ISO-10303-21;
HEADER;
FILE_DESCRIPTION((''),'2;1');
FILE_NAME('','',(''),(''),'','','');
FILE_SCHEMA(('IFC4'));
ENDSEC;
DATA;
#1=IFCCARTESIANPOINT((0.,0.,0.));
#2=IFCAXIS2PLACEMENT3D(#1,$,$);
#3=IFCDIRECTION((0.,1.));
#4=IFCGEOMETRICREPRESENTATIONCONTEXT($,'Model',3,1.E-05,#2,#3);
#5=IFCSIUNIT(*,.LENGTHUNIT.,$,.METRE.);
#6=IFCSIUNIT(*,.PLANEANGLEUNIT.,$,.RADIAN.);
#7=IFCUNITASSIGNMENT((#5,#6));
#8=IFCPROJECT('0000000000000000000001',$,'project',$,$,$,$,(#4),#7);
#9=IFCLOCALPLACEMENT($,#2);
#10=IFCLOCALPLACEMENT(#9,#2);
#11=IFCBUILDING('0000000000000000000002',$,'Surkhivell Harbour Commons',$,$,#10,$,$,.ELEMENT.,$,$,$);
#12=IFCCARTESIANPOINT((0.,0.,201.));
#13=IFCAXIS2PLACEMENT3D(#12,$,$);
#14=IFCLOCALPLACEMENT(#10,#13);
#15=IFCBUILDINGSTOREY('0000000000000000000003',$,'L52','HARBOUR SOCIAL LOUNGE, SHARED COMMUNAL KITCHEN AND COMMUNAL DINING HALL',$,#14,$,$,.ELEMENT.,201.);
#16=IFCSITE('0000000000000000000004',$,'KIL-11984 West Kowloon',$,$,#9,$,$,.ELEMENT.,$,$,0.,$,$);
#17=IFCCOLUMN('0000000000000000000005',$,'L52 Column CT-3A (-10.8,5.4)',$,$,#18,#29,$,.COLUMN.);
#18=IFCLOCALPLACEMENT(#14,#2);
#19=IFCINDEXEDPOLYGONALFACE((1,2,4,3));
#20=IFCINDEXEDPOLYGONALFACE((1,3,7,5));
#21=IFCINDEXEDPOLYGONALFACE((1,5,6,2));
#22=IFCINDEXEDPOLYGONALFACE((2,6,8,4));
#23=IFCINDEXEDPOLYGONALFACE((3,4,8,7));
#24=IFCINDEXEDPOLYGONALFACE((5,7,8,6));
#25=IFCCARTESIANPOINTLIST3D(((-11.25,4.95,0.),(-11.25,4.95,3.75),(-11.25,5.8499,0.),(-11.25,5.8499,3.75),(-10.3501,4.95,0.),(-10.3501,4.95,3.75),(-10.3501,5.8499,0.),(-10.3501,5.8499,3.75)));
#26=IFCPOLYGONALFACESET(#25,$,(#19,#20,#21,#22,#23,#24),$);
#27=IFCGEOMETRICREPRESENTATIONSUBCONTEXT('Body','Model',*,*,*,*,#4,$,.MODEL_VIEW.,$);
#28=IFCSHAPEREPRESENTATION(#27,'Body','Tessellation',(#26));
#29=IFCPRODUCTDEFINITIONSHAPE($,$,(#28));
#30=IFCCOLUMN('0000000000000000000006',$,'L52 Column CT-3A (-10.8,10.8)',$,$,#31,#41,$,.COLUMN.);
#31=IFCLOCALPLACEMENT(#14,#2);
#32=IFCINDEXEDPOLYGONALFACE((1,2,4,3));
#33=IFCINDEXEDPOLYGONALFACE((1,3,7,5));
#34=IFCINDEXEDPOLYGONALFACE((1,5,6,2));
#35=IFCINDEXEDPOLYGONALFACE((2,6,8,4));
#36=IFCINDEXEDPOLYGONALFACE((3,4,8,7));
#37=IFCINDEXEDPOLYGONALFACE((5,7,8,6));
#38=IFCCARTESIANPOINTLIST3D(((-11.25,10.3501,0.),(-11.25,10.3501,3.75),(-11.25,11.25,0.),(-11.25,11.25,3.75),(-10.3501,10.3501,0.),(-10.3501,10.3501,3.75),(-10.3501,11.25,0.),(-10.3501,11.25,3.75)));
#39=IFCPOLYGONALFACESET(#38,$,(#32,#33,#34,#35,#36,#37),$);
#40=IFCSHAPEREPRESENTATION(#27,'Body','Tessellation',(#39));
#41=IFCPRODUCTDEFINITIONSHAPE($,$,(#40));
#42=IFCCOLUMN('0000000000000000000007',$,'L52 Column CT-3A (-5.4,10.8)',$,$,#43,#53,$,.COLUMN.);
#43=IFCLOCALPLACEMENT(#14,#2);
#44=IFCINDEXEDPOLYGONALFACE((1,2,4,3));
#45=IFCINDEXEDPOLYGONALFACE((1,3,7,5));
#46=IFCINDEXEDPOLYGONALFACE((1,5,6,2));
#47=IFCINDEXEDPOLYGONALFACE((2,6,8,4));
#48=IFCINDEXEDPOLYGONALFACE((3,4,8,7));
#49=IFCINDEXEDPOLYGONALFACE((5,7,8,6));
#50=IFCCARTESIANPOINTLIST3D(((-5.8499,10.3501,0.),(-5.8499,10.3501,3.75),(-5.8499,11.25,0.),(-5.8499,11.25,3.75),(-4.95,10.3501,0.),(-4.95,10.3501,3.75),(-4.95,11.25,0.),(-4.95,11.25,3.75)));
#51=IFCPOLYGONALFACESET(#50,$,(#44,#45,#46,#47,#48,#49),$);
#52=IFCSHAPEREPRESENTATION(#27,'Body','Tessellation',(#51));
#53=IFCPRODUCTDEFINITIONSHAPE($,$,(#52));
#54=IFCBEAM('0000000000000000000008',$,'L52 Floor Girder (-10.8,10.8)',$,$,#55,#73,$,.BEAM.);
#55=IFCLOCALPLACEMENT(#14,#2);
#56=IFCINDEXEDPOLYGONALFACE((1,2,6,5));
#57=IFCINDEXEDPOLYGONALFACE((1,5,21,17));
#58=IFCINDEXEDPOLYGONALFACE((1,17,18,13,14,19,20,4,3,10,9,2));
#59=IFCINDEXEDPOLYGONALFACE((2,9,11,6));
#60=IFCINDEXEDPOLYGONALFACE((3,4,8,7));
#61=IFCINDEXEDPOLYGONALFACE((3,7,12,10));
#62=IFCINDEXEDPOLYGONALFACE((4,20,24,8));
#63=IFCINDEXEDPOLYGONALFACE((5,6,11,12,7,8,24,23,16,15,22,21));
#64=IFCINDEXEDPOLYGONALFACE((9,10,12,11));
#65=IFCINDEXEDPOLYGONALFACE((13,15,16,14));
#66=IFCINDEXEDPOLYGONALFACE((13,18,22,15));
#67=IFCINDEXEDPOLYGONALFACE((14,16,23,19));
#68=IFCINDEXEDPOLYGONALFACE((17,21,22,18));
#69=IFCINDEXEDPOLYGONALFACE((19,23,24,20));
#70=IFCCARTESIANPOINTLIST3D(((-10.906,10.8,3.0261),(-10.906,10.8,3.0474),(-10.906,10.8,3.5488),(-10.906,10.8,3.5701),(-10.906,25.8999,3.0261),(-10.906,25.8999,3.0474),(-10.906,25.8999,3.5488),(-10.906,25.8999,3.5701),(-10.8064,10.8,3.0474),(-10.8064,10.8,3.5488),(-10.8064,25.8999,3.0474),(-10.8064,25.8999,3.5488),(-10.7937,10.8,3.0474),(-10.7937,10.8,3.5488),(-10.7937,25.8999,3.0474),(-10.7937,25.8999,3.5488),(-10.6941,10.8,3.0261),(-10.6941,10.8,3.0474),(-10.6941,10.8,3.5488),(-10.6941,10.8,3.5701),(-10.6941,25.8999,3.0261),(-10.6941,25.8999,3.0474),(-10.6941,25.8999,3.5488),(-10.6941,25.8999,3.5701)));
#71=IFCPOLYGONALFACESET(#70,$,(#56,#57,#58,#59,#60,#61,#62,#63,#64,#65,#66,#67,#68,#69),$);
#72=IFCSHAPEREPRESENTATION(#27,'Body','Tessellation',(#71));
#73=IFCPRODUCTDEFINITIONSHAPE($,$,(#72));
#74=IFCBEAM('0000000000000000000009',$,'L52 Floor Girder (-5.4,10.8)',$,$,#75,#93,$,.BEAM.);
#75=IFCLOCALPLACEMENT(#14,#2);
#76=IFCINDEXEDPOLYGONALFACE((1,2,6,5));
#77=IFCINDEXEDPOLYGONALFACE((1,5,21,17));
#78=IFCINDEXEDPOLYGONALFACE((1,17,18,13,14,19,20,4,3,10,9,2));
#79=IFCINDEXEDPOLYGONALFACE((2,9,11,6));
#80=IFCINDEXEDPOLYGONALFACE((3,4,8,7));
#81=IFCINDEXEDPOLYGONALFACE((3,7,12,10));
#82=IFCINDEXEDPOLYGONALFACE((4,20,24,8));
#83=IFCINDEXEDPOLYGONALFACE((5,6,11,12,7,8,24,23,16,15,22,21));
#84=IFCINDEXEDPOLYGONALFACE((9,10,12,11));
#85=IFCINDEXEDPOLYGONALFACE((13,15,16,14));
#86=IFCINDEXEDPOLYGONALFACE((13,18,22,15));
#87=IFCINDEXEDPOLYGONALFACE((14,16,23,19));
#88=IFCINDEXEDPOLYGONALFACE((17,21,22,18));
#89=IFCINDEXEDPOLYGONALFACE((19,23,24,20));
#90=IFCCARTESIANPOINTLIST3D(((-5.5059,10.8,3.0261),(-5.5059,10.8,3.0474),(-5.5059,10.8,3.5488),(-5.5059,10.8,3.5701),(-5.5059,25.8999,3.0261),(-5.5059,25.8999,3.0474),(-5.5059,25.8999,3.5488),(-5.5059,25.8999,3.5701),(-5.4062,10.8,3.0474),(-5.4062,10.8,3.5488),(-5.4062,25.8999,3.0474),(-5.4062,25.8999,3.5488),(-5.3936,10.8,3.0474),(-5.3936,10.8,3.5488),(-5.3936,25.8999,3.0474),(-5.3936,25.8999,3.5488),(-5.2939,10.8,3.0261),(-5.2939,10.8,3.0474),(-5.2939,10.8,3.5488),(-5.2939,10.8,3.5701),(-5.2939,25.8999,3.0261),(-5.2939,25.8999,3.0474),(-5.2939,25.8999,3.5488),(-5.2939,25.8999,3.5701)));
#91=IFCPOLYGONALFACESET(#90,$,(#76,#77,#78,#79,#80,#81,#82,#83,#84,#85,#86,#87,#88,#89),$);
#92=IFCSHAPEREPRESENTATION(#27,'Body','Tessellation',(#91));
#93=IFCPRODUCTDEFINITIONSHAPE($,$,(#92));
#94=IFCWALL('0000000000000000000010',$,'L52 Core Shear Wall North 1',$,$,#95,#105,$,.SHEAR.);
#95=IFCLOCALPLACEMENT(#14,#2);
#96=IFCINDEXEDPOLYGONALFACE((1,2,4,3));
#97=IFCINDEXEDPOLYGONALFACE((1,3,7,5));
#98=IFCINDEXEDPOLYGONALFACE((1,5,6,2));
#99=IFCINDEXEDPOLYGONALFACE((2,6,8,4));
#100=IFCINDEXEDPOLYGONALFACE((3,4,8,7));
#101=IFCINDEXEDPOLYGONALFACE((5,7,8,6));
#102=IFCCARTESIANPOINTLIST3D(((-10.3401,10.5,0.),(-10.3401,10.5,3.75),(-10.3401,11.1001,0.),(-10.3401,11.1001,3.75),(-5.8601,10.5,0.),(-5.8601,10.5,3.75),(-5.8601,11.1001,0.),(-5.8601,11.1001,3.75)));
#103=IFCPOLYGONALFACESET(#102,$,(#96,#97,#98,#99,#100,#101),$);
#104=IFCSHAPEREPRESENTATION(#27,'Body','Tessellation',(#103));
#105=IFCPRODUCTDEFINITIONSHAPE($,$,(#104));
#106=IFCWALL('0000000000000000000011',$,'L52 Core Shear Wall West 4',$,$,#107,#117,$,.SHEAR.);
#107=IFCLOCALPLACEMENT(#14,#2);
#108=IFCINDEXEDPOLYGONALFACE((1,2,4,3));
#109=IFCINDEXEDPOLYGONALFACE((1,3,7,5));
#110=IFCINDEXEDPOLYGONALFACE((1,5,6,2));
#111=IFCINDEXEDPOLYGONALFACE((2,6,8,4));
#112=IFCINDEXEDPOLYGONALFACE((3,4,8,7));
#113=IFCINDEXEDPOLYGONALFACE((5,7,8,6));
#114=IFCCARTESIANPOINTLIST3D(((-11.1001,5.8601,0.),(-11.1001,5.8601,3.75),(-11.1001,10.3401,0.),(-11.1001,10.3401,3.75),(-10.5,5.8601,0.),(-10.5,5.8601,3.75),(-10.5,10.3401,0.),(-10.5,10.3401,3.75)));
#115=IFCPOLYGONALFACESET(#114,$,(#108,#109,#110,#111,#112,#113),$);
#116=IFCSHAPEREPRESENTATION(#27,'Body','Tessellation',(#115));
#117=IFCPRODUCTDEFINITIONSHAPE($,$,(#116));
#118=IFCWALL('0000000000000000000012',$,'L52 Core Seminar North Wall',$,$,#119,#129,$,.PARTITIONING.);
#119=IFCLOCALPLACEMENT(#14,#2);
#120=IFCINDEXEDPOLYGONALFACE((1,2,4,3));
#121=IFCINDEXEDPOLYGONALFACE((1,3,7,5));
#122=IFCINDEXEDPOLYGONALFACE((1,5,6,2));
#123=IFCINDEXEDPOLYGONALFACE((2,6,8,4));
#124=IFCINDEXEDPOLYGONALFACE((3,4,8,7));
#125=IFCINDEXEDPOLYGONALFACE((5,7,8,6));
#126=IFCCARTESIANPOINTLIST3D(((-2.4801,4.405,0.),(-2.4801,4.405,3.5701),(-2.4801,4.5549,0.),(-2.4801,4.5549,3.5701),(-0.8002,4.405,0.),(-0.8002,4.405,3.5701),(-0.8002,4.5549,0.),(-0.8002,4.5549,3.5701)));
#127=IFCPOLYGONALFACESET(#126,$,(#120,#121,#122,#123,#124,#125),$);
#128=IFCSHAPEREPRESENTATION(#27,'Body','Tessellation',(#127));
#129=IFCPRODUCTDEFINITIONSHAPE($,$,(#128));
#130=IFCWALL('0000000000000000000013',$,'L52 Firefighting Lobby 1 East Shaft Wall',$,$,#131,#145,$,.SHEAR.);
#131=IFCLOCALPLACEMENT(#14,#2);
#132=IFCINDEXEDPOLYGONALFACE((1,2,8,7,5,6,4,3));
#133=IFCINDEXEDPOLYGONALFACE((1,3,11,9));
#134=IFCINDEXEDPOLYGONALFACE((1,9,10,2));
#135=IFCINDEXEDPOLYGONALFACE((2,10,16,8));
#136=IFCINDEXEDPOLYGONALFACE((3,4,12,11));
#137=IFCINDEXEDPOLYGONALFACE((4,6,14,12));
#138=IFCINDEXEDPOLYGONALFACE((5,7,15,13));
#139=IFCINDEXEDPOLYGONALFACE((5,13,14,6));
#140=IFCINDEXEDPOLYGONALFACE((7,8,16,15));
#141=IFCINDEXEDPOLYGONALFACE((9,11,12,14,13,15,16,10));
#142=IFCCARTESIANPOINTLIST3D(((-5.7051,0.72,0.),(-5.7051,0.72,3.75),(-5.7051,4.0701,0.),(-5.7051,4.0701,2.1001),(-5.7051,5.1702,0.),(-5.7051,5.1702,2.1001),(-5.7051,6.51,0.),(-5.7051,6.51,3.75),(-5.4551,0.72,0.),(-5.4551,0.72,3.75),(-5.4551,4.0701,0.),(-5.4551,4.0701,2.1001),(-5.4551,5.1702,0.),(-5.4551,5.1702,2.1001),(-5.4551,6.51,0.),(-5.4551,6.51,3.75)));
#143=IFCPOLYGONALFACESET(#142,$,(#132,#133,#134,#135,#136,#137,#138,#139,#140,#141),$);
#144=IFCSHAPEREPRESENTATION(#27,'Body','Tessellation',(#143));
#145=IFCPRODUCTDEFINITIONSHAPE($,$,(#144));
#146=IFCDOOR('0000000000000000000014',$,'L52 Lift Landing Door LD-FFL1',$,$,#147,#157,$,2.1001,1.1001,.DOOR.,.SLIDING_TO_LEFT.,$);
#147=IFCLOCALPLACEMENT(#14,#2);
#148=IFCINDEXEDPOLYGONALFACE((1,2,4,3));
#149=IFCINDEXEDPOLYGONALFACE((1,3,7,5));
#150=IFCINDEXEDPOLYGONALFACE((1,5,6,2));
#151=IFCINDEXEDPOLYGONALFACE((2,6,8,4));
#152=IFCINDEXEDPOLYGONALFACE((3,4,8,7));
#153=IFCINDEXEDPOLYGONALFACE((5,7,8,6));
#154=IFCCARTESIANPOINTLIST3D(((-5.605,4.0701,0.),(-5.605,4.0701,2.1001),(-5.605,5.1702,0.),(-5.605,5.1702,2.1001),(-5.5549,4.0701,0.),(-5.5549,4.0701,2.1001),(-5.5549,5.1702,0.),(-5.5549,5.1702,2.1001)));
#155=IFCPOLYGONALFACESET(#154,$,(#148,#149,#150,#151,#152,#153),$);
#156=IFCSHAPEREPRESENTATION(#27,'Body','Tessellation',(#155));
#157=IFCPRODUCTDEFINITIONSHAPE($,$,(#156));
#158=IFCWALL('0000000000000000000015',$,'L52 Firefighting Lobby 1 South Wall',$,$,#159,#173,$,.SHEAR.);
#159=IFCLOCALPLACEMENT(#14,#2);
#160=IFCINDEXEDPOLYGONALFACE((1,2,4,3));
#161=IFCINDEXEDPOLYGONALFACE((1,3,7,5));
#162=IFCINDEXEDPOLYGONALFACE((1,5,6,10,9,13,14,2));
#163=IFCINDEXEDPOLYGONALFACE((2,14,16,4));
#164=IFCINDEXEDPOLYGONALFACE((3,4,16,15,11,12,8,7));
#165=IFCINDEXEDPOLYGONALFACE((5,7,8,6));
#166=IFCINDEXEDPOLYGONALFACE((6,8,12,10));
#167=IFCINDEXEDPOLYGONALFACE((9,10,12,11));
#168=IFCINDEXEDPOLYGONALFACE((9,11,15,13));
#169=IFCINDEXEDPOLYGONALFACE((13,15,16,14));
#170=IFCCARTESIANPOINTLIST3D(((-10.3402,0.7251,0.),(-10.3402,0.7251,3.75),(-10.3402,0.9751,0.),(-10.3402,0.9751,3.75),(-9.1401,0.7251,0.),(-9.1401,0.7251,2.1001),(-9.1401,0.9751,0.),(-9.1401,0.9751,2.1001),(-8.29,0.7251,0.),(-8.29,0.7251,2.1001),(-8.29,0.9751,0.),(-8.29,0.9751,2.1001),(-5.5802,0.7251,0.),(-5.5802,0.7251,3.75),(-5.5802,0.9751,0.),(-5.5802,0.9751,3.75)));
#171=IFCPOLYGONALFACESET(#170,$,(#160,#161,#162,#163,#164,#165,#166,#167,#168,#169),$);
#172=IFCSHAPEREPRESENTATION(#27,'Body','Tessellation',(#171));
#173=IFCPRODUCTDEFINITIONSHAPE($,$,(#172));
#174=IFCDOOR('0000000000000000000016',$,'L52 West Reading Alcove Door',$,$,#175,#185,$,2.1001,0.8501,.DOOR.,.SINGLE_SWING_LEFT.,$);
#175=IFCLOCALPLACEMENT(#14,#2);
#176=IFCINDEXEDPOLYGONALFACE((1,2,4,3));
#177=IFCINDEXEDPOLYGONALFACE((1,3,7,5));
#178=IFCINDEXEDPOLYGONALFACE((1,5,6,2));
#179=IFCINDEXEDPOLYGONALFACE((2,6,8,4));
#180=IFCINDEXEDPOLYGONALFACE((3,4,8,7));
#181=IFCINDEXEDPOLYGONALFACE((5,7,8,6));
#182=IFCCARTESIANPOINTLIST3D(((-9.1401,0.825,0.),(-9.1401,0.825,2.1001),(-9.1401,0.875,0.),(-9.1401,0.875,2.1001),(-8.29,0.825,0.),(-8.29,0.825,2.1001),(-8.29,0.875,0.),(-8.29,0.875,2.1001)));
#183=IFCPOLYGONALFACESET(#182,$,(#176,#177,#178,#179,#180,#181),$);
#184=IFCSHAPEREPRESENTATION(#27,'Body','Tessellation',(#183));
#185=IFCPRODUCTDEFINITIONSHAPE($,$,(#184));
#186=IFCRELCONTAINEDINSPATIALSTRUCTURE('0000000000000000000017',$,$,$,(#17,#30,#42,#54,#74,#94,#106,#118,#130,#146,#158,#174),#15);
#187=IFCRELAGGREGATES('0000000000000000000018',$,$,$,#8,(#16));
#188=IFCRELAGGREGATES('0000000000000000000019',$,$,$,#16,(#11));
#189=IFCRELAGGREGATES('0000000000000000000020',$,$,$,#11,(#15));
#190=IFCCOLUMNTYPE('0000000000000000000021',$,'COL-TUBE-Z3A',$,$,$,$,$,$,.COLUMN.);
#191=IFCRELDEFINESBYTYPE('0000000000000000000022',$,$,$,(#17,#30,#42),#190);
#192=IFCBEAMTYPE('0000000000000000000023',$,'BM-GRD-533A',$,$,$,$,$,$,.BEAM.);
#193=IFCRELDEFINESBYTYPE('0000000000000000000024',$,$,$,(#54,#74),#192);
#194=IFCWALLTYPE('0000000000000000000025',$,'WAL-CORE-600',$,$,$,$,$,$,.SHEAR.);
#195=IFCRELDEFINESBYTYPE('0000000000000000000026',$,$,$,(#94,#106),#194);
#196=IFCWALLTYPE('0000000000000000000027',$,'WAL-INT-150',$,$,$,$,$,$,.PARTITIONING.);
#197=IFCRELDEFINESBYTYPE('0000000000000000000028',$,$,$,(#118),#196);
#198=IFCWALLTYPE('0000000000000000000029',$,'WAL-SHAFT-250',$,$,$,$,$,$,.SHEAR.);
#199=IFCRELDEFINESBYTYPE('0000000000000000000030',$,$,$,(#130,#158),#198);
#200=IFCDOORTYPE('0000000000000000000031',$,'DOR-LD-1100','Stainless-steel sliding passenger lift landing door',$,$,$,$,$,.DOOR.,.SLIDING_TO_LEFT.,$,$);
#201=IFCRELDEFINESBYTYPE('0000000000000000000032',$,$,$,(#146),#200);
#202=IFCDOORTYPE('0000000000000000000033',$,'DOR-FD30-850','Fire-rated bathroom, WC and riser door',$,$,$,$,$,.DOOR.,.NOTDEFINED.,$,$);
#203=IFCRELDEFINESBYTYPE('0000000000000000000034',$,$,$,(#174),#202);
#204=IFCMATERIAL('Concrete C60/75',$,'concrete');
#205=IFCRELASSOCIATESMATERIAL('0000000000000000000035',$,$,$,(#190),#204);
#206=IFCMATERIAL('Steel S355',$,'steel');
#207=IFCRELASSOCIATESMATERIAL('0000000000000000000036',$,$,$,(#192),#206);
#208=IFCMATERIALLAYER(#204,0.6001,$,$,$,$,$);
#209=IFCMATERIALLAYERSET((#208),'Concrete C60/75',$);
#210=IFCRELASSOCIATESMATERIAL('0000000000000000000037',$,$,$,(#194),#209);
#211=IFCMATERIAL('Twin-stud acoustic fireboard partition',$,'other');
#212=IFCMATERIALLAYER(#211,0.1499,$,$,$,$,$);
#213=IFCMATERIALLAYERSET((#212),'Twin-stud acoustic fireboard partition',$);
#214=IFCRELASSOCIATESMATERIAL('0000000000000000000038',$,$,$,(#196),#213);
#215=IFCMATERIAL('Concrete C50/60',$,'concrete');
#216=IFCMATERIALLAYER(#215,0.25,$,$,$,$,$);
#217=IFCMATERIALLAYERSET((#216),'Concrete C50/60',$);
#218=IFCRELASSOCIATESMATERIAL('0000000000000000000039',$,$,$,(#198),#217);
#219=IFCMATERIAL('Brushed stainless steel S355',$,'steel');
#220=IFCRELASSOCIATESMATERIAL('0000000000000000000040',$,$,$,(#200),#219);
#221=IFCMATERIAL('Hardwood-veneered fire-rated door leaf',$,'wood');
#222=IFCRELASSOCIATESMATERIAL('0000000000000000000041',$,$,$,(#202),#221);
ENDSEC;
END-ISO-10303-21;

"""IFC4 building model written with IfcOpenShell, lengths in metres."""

from ifc_helpers import new_model, si_unit, direction, frame, frame_2d, origin, origin_2d, place, context, subcontext, project, spatial, rectangle, i_section, extrude, material, layer, layer_set, material_profile, profile_set, type_object, element, fill, save


model = new_model("IFC4")

# Units and contexts
model_context = context("Model", 3, precision=1e-05, world=origin(), true_north=direction((0.0, 1.0)))
body_context = subcontext(model_context, "Body", "Model", "MODEL_VIEW")
ifc_project = project(units=[si_unit("LENGTHUNIT", "METRE"), si_unit("PLANEANGLEUNIT", "RADIAN")], contexts=[model_context])

# Site, building, storey
site_placement = place(None, origin())
site = spatial("IfcSite", under=ifc_project, at=site_placement, Name="KIL-11984 West Kowloon", CompositionType="ELEMENT", RefElevation=0.0)
building_placement = place(site_placement, origin())
building = spatial("IfcBuilding", under=site, at=building_placement, Name="Surkhivell Harbour Commons", CompositionType="ELEMENT")
storey_placement = place(building_placement, frame((0.0, 0.0, 201.0)))
storey = spatial("IfcBuildingStorey", under=building, at=storey_placement, Name="L52", Description="HARBOUR SOCIAL LOUNGE, SHARED COMMUNAL KITCHEN AND COMMUNAL DINING HALL", CompositionType="ELEMENT", Elevation=201.0)

# Columns
ifc_material_1 = material(Name="Concrete C60/75", Category="concrete")
ifc_material_profile_1 = material_profile(ifc_material_1, rectangle(XDim=0.8999, YDim=0.8999, at=origin_2d()), Name="RC-COL-900x900")
ifc_profile_set_1 = profile_set([ifc_material_profile_1], Name="Concrete C60/75")
column_type = type_object("IfcColumnType", Name="COL-TUBE-Z3A", PredefinedType="COLUMN", material=ifc_profile_set_1)
for number, where, z_axis, x_axis, name in (
    (1, (-10.8, 5.3999, 0.0), (0.0, 0.0, 1.0), (1.0, 0.0, 0.0), "L52 Column CT-3A (-10.8,5.4)"),
    (2, (-10.8, 10.8, 0.0), (0.0, 0.0, 1.0), (1.0, 0.0, 0.0), "L52 Column CT-3A (-10.8,10.8)"),
    (3, (-5.3999, 10.8, 0.0), (0.0, 0.0, 1.0), (1.0, 0.0, 0.0), "L52 Column CT-3A (-5.4,10.8)"),
):
    element("IfcColumn", number, at=place(storey_placement, frame(where, z_axis=z_axis, x_axis=x_axis)), inside=storey, type_object=column_type, Name=name, PredefinedType="COLUMN", context=body_context, shape_type="SweptSolid", body=[
        extrude(rectangle(XDim=0.8999, YDim=0.8999, at=origin_2d()), origin(), (0.0, 0.0, 1.0), 3.75),
    ])

# Beams
ifc_material_2 = material(Name="Steel S355", Category="steel")
ifc_material_profile_2 = material_profile(ifc_material_2, i_section(OverallWidth=0.2119, OverallDepth=0.5439, WebThickness=0.0127, FlangeThickness=0.0212, at=origin_2d()), Name="UB533x210x122")
ifc_profile_set_2 = profile_set([ifc_material_profile_2], Name="Steel S355")
beam_type = type_object("IfcBeamType", Name="BM-GRD-533A", PredefinedType="BEAM", material=ifc_profile_set_2)
for number, where, z_axis, x_axis, name in (
    (4, (-10.8, 10.8, 3.2981), (0.0, 1.0, 0.0), (-1.0, 0.0, 0.0), "L52 Floor Girder (-10.8,10.8)"),
    (5, (-5.3999, 10.8, 3.2981), (0.0, 1.0, 0.0), (-1.0, 0.0, 0.0), "L52 Floor Girder (-5.4,10.8)"),
):
    element("IfcBeam", number, at=place(storey_placement, frame(where, z_axis=z_axis, x_axis=x_axis)), inside=storey, type_object=beam_type, Name=name, PredefinedType="BEAM", context=body_context, shape_type="SweptSolid", body=[
        extrude(i_section(OverallWidth=0.2119, OverallDepth=0.5439, WebThickness=0.0127, FlangeThickness=0.0212, at=origin_2d()), origin(), (0.0, 0.0, 1.0), 15.0999),
    ])

# Walls
ifc_layer_1 = layer(ifc_material_1, 0.6001)
ifc_layer_set_1 = layer_set([ifc_layer_1], Name="Concrete C60/75")
wall_type_1 = type_object("IfcWallType", Name="WAL-CORE-600", PredefinedType="SHEAR", material=ifc_layer_set_1)
for number, where, z_axis, x_axis, name in (
    (6, (-10.3401, 10.8, 0.0), (0.0, 0.0, 1.0), (1.0, 0.0, 0.0), "L52 Core Shear Wall North 1"),
    (7, (-10.8, 5.8601, 0.0), (0.0, 0.0, 1.0), (0.0, 1.0, 0.0), "L52 Core Shear Wall West 4"),
):
    element("IfcWall", number, at=place(storey_placement, frame(where, z_axis=z_axis, x_axis=x_axis)), inside=storey, type_object=wall_type_1, Name=name, PredefinedType="SHEAR", context=body_context, shape_type="SweptSolid", body=[
        extrude(rectangle(XDim=4.48, YDim=0.6001, at=frame_2d((2.24, 0.0))), origin(), (0.0, 0.0, 1.0), 3.75),
    ])
ifc_material_3 = material(Name="Twin-stud acoustic fireboard partition", Category="other")
ifc_layer_2 = layer(ifc_material_3, 0.1499)
ifc_layer_set_2 = layer_set([ifc_layer_2], Name="Twin-stud acoustic fireboard partition")
wall_type_2 = type_object("IfcWallType", Name="WAL-INT-150", PredefinedType="PARTITIONING", material=ifc_layer_set_2)
wall_1_placement = place(storey_placement, frame((-2.48, 4.48, 0.0), z_axis=(0.0, 0.0, 1.0), x_axis=(1.0, 0.0, 0.0)))
element("IfcWall", 8, at=wall_1_placement, inside=storey, type_object=wall_type_2, Name="L52 Core Seminar North Wall", PredefinedType="PARTITIONING", context=body_context, shape_type="SweptSolid", body=[
    extrude(rectangle(XDim=1.6799, YDim=0.1499, at=frame_2d((0.8398, 0.0))), origin(), (0.0, 0.0, 1.0), 3.5701),
])

# Walls, openings, doors
ifc_material_4 = material(Name="Concrete C50/60", Category="concrete")
ifc_layer_3 = layer(ifc_material_4, 0.25)
ifc_layer_set_3 = layer_set([ifc_layer_3], Name="Concrete C50/60")
wall_type_3 = type_object("IfcWallType", Name="WAL-SHAFT-250", PredefinedType="SHEAR", material=ifc_layer_set_3)
wall_2_placement = place(storey_placement, frame((-5.5801, 0.72, 0.0), z_axis=(0.0, 0.0, 1.0), x_axis=(0.0, 1.0, 0.0)))
wall_2 = element("IfcWall", 9, at=wall_2_placement, inside=storey, type_object=wall_type_3, Name="L52 Firefighting Lobby 1 East Shaft Wall", PredefinedType="SHEAR", context=body_context, shape_type="SweptSolid", body=[
    extrude(rectangle(XDim=5.79, YDim=0.25, at=frame_2d((2.895, 0.0))), origin(), (0.0, 0.0, 1.0), 3.75),
])
opening_1_placement = place(wall_2_placement, frame((3.3501, 0.0, 0.0)))
opening_1 = element("IfcOpeningElement", 10, at=opening_1_placement, cuts=wall_2, PredefinedType="OPENING", context=body_context, shape_type="SweptSolid", body=[
    extrude(rectangle(XDim=1.1001, YDim=2.1001, at=frame_2d((0.55, 1.05))), frame((0.0, 0.135, 0.0), z_axis=(0.0, -1.0, 0.0), x_axis=(1.0, 0.0, 0.0)), (0.0, 0.0, 1.0), 0.27),
])
ifc_material_5 = material(Name="Brushed stainless steel S355", Category="steel")
door_type_1 = type_object("IfcDoorType", Name="DOR-LD-1100", Description="Stainless-steel sliding passenger lift landing door", OperationType="SLIDING_TO_LEFT", PredefinedType="DOOR", material=ifc_material_5)
door_1_placement = place(opening_1_placement, origin())
door_1 = element("IfcDoor", 11, at=door_1_placement, inside=storey, type_object=door_type_1, Name="L52 Lift Landing Door LD-FFL1", OperationType="SLIDING_TO_LEFT", OverallHeight=2.1001, OverallWidth=1.1001, PredefinedType="DOOR", context=body_context, shape_type="SweptSolid", body=[
    extrude(rectangle(XDim=1.1001, YDim=2.1001, at=frame_2d((0.55, 1.05))), frame((0.0, 0.0249, 0.0), z_axis=(0.0, -1.0, 0.0), x_axis=(1.0, 0.0, 0.0)), (0.0, 0.0, 1.0), 0.05),
])
fill(opening_1, door_1)
wall_3_placement = place(storey_placement, frame((-10.3401, 0.8501, 0.0), z_axis=(0.0, 0.0, 1.0), x_axis=(1.0, 0.0, 0.0)))
wall_3 = element("IfcWall", 12, at=wall_3_placement, inside=storey, type_object=wall_type_3, Name="L52 Firefighting Lobby 1 South Wall", PredefinedType="SHEAR", context=body_context, shape_type="SweptSolid", body=[
    extrude(rectangle(XDim=4.76, YDim=0.25, at=frame_2d((2.3799, 0.0))), origin(), (0.0, 0.0, 1.0), 3.75),
])
opening_2_placement = place(wall_3_placement, frame((1.2, 0.0, 0.0)))
opening_2 = element("IfcOpeningElement", 13, at=opening_2_placement, cuts=wall_3, PredefinedType="OPENING", context=body_context, shape_type="SweptSolid", body=[
    extrude(rectangle(XDim=0.8501, YDim=2.1001, at=frame_2d((0.425, 1.05))), frame((0.0, 0.135, 0.0), z_axis=(0.0, -1.0, 0.0), x_axis=(1.0, 0.0, 0.0)), (0.0, 0.0, 1.0), 0.27),
])
ifc_material_6 = material(Name="Hardwood-veneered fire-rated door leaf", Category="wood")
door_type_2 = type_object("IfcDoorType", Name="DOR-FD30-850", Description="Fire-rated bathroom, WC and riser door", OperationType="NOTDEFINED", PredefinedType="DOOR", material=ifc_material_6)
door_2_placement = place(opening_2_placement, origin())
door_2 = element("IfcDoor", 14, at=door_2_placement, inside=storey, type_object=door_type_2, Name="L52 West Reading Alcove Door", OperationType="SINGLE_SWING_LEFT", OverallHeight=2.1001, OverallWidth=0.8501, PredefinedType="DOOR", context=body_context, shape_type="SweptSolid", body=[
    extrude(rectangle(XDim=0.8501, YDim=2.1001, at=frame_2d((0.425, 1.05))), frame((0.0, 0.0249, 0.0), z_axis=(0.0, -1.0, 0.0), x_axis=(1.0, 0.0, 0.0)), (0.0, 0.0, 1.0), 0.05),
])
fill(opening_2, door_2)

save(model, "model.ifc")
